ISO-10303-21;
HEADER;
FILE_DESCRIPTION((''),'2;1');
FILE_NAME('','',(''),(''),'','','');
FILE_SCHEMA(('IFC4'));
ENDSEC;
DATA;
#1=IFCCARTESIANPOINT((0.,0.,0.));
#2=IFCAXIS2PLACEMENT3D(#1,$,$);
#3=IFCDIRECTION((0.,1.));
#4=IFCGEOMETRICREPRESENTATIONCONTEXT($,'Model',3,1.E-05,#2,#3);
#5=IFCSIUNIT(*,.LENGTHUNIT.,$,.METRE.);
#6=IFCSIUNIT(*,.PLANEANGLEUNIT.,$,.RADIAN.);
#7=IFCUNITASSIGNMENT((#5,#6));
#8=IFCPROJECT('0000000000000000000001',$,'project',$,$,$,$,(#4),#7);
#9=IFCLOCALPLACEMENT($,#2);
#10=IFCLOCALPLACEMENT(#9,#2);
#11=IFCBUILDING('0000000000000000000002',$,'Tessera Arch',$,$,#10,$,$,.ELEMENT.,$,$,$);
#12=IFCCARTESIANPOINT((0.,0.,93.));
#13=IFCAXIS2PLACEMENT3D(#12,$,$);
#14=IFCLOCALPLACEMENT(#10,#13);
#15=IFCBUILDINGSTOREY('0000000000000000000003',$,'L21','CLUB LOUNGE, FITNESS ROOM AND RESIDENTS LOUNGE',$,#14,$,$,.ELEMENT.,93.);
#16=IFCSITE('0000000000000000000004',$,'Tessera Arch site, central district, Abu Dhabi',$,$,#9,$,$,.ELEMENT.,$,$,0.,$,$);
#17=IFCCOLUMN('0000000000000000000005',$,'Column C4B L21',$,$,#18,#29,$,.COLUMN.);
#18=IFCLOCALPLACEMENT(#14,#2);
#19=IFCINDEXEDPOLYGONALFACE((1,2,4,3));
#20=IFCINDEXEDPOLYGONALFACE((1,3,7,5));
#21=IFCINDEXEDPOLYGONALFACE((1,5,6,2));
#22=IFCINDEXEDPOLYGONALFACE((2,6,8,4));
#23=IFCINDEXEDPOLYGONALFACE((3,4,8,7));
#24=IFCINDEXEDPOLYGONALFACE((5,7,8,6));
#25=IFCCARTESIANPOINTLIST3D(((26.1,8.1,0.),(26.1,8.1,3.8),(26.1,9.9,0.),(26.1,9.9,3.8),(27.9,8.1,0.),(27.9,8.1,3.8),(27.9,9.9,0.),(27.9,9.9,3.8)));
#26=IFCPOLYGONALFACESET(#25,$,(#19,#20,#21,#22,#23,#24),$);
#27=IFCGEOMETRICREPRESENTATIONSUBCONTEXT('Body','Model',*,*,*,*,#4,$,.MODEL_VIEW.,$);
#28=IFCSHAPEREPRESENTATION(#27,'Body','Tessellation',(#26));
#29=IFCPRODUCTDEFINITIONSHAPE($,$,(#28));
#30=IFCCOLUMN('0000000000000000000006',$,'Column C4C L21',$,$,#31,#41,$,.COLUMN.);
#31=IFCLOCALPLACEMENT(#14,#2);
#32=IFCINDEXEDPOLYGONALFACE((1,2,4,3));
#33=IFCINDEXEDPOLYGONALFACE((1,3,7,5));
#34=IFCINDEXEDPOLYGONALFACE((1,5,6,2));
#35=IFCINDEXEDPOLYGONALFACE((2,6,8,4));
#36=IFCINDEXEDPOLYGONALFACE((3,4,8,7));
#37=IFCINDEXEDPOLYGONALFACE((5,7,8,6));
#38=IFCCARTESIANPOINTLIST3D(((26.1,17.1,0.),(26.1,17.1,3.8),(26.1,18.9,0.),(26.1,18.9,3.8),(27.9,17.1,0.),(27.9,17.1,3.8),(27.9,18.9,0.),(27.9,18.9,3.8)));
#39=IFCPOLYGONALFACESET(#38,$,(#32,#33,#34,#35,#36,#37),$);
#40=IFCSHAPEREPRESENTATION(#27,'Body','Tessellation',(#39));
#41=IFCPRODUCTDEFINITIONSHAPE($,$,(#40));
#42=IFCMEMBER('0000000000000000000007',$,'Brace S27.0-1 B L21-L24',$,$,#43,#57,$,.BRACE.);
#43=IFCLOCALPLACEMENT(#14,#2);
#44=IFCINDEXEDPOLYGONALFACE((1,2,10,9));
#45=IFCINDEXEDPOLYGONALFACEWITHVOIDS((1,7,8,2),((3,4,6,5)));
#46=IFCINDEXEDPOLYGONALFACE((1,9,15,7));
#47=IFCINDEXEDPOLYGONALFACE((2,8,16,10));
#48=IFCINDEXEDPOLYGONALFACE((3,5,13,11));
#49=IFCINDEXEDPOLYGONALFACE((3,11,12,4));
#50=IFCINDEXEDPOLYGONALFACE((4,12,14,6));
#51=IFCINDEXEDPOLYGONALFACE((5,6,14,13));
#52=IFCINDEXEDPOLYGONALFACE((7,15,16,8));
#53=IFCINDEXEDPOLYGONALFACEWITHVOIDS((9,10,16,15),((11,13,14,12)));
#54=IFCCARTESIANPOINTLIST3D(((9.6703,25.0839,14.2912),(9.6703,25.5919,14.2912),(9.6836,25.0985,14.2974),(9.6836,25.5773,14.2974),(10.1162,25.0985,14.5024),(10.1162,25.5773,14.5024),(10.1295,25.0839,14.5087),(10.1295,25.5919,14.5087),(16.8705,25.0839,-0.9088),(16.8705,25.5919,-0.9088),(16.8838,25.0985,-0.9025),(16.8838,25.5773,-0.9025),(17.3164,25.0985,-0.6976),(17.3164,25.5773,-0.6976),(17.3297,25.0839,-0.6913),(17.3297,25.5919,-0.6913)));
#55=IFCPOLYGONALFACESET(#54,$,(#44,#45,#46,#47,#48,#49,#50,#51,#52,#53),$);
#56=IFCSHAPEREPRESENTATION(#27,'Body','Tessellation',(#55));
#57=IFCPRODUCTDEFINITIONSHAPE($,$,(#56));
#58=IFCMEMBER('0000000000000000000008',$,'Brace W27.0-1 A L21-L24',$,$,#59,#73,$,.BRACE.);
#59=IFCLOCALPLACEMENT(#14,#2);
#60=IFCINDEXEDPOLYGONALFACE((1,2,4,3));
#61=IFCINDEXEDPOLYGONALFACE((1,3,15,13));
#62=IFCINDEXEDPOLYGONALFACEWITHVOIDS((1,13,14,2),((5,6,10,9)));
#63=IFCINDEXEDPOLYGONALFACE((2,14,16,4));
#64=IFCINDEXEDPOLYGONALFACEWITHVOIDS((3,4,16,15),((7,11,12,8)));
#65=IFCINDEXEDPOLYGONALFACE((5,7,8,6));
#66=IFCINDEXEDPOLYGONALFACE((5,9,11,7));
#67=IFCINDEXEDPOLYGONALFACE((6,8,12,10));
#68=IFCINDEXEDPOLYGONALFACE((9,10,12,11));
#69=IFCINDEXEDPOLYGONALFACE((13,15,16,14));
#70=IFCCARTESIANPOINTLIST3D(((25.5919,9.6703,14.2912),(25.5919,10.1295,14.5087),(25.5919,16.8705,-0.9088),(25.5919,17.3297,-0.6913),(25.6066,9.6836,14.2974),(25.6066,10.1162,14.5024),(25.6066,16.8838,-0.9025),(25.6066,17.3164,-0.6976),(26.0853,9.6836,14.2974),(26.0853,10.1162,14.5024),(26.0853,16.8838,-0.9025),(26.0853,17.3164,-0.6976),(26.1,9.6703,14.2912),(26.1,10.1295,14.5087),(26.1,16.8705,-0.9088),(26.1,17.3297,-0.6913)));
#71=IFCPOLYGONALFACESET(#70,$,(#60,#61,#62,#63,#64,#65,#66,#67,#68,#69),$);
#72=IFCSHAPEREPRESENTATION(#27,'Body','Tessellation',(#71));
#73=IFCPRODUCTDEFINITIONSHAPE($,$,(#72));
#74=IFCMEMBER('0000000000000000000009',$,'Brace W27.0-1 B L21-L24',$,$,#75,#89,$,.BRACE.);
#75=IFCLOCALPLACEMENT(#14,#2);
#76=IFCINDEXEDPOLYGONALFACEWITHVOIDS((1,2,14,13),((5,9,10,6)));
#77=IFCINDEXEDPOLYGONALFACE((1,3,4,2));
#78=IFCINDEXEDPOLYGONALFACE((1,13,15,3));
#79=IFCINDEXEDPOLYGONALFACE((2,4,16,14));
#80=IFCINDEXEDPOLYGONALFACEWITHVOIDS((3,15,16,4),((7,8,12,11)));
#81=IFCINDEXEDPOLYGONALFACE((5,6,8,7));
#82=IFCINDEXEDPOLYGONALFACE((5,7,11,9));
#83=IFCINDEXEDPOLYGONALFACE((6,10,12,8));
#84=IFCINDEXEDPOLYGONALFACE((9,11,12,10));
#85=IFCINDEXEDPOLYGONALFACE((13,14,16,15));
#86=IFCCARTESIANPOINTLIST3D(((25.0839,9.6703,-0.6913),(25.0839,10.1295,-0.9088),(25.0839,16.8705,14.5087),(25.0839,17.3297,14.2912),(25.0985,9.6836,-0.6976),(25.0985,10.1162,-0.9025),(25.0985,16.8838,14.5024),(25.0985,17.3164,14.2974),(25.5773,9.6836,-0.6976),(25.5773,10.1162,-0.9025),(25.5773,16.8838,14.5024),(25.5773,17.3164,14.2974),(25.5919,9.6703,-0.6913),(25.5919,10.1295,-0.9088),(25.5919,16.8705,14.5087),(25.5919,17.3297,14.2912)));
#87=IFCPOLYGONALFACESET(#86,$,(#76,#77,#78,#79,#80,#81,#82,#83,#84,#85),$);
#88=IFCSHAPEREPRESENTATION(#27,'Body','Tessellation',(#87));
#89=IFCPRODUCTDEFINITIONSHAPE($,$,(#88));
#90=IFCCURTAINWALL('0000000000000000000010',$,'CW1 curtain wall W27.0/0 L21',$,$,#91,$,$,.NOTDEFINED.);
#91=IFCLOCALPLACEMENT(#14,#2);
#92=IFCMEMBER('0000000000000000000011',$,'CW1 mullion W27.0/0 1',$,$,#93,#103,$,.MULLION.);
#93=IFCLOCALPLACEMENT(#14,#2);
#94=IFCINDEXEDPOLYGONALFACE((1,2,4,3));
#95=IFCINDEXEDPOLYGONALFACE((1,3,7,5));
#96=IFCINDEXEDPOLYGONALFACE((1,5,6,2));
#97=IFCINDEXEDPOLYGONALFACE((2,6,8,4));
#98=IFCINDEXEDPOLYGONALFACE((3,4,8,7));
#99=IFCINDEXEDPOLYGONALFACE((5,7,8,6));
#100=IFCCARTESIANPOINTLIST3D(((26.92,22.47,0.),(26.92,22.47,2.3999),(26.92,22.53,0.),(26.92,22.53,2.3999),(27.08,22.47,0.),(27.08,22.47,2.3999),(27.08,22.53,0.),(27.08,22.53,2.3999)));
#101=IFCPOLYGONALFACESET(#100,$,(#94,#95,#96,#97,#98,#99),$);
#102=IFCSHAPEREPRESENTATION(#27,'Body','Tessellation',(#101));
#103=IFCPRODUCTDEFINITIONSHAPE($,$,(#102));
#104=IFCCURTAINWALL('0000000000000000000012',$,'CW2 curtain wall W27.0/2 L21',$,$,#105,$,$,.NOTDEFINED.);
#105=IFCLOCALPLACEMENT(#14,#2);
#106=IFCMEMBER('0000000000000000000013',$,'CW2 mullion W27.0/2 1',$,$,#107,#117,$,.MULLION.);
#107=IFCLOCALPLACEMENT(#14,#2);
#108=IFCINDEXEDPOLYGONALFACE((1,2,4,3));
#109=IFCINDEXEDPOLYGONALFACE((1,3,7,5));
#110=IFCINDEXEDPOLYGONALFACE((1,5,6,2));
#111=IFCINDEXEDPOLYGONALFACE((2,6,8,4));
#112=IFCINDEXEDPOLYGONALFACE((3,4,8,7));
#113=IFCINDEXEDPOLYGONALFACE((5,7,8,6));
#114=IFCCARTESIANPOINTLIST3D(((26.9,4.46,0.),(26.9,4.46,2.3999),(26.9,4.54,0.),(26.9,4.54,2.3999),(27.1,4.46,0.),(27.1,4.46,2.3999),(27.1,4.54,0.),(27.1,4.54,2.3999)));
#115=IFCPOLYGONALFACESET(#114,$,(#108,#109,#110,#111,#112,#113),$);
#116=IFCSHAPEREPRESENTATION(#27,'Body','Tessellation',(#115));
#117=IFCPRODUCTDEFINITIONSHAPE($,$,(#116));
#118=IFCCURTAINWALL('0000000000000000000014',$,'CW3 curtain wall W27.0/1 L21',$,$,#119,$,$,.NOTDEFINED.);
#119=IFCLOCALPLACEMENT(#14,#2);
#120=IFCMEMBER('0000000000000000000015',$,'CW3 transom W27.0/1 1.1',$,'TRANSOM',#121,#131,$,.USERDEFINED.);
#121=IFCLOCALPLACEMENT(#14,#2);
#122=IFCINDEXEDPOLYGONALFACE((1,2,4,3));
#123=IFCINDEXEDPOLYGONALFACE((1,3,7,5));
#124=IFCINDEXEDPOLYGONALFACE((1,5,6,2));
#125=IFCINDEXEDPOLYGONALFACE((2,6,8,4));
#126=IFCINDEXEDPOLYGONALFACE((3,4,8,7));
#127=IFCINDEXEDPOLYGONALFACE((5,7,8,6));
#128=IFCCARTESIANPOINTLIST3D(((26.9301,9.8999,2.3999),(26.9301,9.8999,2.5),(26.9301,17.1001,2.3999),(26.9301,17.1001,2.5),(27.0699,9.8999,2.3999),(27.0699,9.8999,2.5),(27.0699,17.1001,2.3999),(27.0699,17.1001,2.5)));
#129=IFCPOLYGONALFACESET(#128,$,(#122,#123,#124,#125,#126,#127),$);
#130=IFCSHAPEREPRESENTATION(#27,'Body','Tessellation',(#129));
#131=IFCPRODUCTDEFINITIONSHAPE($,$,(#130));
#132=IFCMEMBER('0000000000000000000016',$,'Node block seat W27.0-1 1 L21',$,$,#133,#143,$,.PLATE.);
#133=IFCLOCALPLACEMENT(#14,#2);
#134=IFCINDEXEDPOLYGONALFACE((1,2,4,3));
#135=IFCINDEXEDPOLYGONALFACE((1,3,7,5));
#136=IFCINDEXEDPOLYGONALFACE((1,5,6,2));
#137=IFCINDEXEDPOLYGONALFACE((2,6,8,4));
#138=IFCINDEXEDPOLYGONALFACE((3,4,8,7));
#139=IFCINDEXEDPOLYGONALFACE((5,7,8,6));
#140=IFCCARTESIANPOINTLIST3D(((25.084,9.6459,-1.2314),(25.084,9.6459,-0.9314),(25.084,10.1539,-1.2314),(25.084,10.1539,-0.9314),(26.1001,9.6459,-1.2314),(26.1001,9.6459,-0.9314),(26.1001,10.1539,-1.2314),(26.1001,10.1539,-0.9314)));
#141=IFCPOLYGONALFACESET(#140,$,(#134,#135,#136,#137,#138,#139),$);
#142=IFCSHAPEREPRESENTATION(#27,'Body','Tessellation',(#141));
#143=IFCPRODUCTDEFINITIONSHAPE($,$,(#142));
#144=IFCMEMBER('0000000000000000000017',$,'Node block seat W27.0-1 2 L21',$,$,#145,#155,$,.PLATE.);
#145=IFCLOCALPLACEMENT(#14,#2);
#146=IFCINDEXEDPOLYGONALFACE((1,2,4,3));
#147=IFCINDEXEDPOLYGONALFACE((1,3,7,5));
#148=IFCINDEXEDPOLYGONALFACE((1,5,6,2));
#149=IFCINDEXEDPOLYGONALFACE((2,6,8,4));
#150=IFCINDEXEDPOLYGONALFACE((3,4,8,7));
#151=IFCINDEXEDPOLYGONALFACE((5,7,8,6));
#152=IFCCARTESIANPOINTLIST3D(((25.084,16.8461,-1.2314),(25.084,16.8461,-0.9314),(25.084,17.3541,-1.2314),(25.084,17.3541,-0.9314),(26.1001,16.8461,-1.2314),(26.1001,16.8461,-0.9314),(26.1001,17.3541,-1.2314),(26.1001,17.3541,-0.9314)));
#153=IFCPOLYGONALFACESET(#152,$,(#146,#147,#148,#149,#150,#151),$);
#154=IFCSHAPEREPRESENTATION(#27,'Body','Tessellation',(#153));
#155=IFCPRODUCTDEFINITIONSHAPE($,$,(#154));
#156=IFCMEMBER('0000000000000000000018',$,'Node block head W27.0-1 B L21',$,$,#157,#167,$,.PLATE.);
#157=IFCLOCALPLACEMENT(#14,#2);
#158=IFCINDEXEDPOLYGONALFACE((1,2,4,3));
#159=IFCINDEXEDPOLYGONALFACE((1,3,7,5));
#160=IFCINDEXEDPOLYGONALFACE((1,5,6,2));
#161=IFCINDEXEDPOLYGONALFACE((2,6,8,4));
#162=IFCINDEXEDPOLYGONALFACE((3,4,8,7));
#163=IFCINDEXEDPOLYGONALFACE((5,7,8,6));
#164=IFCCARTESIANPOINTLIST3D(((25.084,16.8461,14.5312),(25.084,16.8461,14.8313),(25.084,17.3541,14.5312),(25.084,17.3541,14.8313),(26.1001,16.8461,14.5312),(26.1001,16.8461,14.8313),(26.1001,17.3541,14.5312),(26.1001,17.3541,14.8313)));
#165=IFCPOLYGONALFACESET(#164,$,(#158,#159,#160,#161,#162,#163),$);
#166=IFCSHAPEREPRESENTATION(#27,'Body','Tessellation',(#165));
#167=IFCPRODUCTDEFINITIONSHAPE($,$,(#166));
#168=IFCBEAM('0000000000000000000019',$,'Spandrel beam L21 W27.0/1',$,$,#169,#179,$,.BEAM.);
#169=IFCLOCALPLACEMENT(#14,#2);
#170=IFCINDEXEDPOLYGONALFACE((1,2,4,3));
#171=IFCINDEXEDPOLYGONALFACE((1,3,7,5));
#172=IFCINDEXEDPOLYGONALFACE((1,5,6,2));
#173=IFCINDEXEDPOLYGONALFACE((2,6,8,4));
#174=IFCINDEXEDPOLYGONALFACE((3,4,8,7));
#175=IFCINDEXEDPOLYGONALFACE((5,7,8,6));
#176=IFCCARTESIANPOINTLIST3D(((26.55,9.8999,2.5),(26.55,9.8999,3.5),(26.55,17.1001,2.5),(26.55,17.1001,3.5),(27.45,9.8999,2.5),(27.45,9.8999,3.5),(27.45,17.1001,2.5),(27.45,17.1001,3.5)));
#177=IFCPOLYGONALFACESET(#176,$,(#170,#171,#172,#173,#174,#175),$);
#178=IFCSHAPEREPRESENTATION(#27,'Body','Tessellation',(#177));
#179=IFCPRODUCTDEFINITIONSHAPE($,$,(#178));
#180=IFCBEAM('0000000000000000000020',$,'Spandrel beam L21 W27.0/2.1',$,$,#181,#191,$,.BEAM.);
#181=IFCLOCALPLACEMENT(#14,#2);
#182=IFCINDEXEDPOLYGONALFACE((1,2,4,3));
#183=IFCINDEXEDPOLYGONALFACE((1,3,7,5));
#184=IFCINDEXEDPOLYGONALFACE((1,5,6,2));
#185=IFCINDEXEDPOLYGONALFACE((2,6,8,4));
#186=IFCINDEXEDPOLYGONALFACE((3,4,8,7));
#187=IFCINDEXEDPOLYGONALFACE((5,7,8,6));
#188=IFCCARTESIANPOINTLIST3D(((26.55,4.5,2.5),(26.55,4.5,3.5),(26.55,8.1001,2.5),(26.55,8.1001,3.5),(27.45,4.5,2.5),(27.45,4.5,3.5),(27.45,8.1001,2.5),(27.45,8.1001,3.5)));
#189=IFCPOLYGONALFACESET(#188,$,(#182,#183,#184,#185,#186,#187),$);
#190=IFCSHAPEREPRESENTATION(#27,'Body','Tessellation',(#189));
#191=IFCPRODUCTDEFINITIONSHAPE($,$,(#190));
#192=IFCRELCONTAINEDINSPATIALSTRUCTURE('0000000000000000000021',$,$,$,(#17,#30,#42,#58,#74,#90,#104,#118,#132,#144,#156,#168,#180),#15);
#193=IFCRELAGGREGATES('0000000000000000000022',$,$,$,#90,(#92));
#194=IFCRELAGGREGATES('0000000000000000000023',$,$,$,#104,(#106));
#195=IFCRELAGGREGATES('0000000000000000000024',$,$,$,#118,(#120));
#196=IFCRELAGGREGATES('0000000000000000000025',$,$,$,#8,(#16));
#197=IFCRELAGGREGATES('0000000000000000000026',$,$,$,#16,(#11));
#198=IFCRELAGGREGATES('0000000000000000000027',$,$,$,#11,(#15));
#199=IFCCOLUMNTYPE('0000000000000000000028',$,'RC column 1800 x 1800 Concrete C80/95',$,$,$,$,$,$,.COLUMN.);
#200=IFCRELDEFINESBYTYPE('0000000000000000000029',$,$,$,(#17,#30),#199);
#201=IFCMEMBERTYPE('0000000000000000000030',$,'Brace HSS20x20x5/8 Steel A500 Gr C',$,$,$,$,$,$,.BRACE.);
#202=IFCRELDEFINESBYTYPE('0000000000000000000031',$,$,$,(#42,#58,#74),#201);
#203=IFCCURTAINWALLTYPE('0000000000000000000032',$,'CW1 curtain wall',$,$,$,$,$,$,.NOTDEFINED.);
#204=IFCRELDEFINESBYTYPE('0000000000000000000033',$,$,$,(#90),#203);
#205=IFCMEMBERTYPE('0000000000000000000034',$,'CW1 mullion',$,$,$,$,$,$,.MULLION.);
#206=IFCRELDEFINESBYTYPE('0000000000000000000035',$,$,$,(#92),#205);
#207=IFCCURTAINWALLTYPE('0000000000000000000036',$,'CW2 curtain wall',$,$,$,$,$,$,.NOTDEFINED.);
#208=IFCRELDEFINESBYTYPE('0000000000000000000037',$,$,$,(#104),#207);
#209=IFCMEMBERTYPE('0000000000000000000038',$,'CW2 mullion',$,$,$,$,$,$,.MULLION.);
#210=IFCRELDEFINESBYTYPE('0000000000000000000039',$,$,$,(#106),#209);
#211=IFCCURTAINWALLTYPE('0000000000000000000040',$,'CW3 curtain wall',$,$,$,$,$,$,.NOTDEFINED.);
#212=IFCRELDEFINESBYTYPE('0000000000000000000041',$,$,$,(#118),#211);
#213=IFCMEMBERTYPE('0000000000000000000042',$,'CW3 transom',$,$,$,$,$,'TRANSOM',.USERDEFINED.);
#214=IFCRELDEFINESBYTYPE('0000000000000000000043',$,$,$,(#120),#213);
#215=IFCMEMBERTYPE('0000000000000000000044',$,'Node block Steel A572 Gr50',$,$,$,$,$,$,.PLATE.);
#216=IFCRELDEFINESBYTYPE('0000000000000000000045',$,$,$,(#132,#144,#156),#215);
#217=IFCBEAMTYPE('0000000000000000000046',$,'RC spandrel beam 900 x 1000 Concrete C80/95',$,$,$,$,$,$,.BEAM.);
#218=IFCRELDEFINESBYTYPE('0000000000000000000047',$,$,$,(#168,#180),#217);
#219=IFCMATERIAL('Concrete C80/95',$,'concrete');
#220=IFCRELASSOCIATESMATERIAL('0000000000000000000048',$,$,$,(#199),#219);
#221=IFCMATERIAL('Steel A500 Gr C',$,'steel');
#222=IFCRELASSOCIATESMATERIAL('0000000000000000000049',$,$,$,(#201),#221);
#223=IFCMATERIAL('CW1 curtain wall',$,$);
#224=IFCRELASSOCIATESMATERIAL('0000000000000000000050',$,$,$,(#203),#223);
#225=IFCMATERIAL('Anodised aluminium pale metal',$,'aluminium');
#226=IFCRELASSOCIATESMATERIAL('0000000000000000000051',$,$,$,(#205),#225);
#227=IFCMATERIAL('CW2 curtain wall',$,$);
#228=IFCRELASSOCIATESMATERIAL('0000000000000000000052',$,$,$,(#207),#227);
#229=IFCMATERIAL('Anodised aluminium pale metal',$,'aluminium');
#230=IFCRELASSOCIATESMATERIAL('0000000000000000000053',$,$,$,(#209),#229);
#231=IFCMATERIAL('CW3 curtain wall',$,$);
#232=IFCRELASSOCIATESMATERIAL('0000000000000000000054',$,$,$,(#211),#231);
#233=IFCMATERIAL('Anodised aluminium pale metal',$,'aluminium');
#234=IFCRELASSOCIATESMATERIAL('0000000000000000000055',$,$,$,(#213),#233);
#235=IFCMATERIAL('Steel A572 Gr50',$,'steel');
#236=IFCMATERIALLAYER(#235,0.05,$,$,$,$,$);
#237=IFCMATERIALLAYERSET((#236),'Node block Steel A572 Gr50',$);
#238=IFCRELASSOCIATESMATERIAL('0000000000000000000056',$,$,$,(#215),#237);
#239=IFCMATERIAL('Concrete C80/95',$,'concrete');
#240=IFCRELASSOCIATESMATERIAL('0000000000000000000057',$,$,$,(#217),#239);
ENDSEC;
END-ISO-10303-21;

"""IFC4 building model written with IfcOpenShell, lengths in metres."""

from ifc_helpers import new_model, si_unit, direction, frame, origin, origin_2d, place, context, subcontext, project, spatial, rectangle, hollow_rectangle, extrude, material, layer, layer_set, material_profile, profile_set, type_object, element, aggregate, save


model = new_model("IFC4")

# Units and contexts
model_context = context("Model", 3, precision=1e-05, world=origin(), true_north=direction((0.0, 1.0)))
body_context = subcontext(model_context, "Body", "Model", "MODEL_VIEW")
ifc_project = project(units=[si_unit("LENGTHUNIT", "METRE"), si_unit("PLANEANGLEUNIT", "RADIAN")], contexts=[model_context])

# Site, building, storey
site_placement = place(None, origin())
site = spatial("IfcSite", under=ifc_project, at=site_placement, Name="Tessera Arch site, central district, Abu Dhabi", CompositionType="ELEMENT", RefElevation=0.0)
building_placement = place(site_placement, origin())
building = spatial("IfcBuilding", under=site, at=building_placement, Name="Tessera Arch", CompositionType="ELEMENT")
storey_placement = place(building_placement, frame((0.0, 0.0, 93.0)))
storey = spatial("IfcBuildingStorey", under=building, at=storey_placement, Name="L21", Description="CLUB LOUNGE, FITNESS ROOM AND RESIDENTS LOUNGE", CompositionType="ELEMENT", Elevation=93.0)

# Columns
ifc_material_1 = material(Name="Concrete C80/95", Category="concrete")
ifc_material_profile_1 = material_profile(ifc_material_1, rectangle(XDim=1.8, YDim=1.8, at=origin_2d()), Name="RC column 1800 x 1800 Concrete C80/95")
ifc_profile_set_1 = profile_set([ifc_material_profile_1], Name="Concrete C80/95")
column_type = type_object("IfcColumnType", Name="RC column 1800 x 1800 Concrete C80/95", PredefinedType="COLUMN", material=ifc_profile_set_1)
for number, where, z_axis, x_axis, name in (
    (1, (27.0, 9.0, 0.0), (0.0, 0.0, 1.0), (1.0, 0.0, 0.0), "Column C4B L21"),
    (2, (27.0, 18.0, 0.0), (0.0, 0.0, 1.0), (1.0, 0.0, 0.0), "Column C4C L21"),
):
    element("IfcColumn", number, at=place(storey_placement, frame(where, z_axis=z_axis, x_axis=x_axis)), inside=storey, type_object=column_type, Name=name, PredefinedType="COLUMN", context=body_context, shape_type="SweptSolid", body=[
        extrude(rectangle(XDim=1.8, YDim=1.8, at=origin_2d()), origin(), (0.0, 0.0, 1.0), 3.8),
    ])

# Members
ifc_material_2 = material(Name="Steel A500 Gr C", Category="steel")
ifc_material_profile_2 = material_profile(ifc_material_2, hollow_rectangle(XDim=0.5081, YDim=0.5081, WallThickness=0.0146, at=origin_2d()), Name="HSS20x20x5/8")
ifc_profile_set_2 = profile_set([ifc_material_profile_2], Name="Steel A500 Gr C")
member_type_1 = type_object("IfcMemberType", Name="Brace HSS20x20x5/8 Steel A500 Gr C", PredefinedType="BRACE", material=ifc_profile_set_2)
for number, where, z_axis, x_axis, name in (
    (3, (17.1001, 25.3379, -0.8), (-0.428097, 0.0, 0.903733), (0.0, -1.0, 0.0), "Brace S27.0-1 B L21-L24"),
    (4, (25.8459, 17.1001, -0.8), (0.0, -0.428097, 0.903733), (1.0, 0.0, 0.0), "Brace W27.0-1 A L21-L24"),
    (5, (25.3379, 9.8999, -0.8), (0.0, 0.428097, 0.903733), (-1.0, 0.0, 0.0), "Brace W27.0-1 B L21-L24"),
):
    element("IfcMember", number, at=place(storey_placement, frame(where, z_axis=z_axis, x_axis=x_axis)), inside=storey, type_object=member_type_1, Name=name, PredefinedType="BRACE", context=body_context, shape_type="SweptSolid", body=[
        extrude(hollow_rectangle(XDim=0.5081, YDim=0.5081, WallThickness=0.0146, at=origin_2d()), origin(), (0.0, 0.0, 1.0), 16.8191),
    ])

# Curtain walls, members
ifc_material_3 = material(Name="CW1 curtain wall")
curtain_wall_type_1 = type_object("IfcCurtainWallType", Name="CW1 curtain wall", PredefinedType="NOTDEFINED", material=ifc_material_3)
curtain_wall_1_placement = place(storey_placement, origin())
curtain_wall_1 = element("IfcCurtainWall", 6, at=curtain_wall_1_placement, inside=storey, type_object=curtain_wall_type_1, Name="CW1 curtain wall W27.0/0 L21", PredefinedType="NOTDEFINED")
ifc_material_4 = material(Name="Anodised aluminium pale metal", Category="aluminium")
ifc_material_profile_3 = material_profile(ifc_material_4, rectangle(XDim=0.1599, YDim=0.0601, at=origin_2d()), Name="AL 60x160")
ifc_profile_set_3 = profile_set([ifc_material_profile_3], Name="Anodised aluminium pale metal")
member_type_2 = type_object("IfcMemberType", Name="CW1 mullion", PredefinedType="MULLION", material=ifc_profile_set_3)
member_1_placement = place(storey_placement, frame((27.0, 22.5, 0.0), z_axis=(0.0, 0.0, 1.0), x_axis=(1.0, 0.0, 0.0)))
member_1 = element("IfcMember", 7, at=member_1_placement, type_object=member_type_2, Name="CW1 mullion W27.0/0 1", PredefinedType="MULLION", context=body_context, shape_type="SweptSolid", body=[
    extrude(rectangle(XDim=0.1599, YDim=0.0601, at=origin_2d()), origin(), (0.0, 0.0, 1.0), 2.3999),
])
ifc_material_5 = material(Name="CW2 curtain wall")
curtain_wall_type_2 = type_object("IfcCurtainWallType", Name="CW2 curtain wall", PredefinedType="NOTDEFINED", material=ifc_material_5)
curtain_wall_2_placement = place(storey_placement, origin())
curtain_wall_2 = element("IfcCurtainWall", 8, at=curtain_wall_2_placement, inside=storey, type_object=curtain_wall_type_2, Name="CW2 curtain wall W27.0/2 L21", PredefinedType="NOTDEFINED")
ifc_material_6 = material(Name="Anodised aluminium pale metal", Category="aluminium")
ifc_material_profile_4 = material_profile(ifc_material_6, rectangle(XDim=0.2, YDim=0.0801, at=origin_2d()), Name="AL 80x200")
ifc_profile_set_4 = profile_set([ifc_material_profile_4], Name="Anodised aluminium pale metal")
member_type_3 = type_object("IfcMemberType", Name="CW2 mullion", PredefinedType="MULLION", material=ifc_profile_set_4)
member_2_placement = place(storey_placement, frame((27.0, 4.5, 0.0), z_axis=(0.0, 0.0, 1.0), x_axis=(1.0, 0.0, 0.0)))
member_2 = element("IfcMember", 9, at=member_2_placement, type_object=member_type_3, Name="CW2 mullion W27.0/2 1", PredefinedType="MULLION", context=body_context, shape_type="SweptSolid", body=[
    extrude(rectangle(XDim=0.2, YDim=0.0801, at=origin_2d()), origin(), (0.0, 0.0, 1.0), 2.3999),
])
ifc_material_7 = material(Name="CW3 curtain wall")
curtain_wall_type_3 = type_object("IfcCurtainWallType", Name="CW3 curtain wall", PredefinedType="NOTDEFINED", material=ifc_material_7)
curtain_wall_3_placement = place(storey_placement, origin())
curtain_wall_3 = element("IfcCurtainWall", 10, at=curtain_wall_3_placement, inside=storey, type_object=curtain_wall_type_3, Name="CW3 curtain wall W27.0/1 L21", PredefinedType="NOTDEFINED")
ifc_material_8 = material(Name="Anodised aluminium pale metal", Category="aluminium")
ifc_material_profile_5 = material_profile(ifc_material_8, rectangle(XDim=0.1399, YDim=0.1001, at=origin_2d()), Name="AL 140x100")
ifc_profile_set_5 = profile_set([ifc_material_profile_5], Name="Anodised aluminium pale metal")
member_type_4 = type_object("IfcMemberType", Name="CW3 transom", ElementType="TRANSOM", PredefinedType="USERDEFINED", material=ifc_profile_set_5)
member_3_placement = place(storey_placement, frame((27.0, 17.1001, 2.45), z_axis=(0.0, -1.0, 0.0), x_axis=(1.0, 0.0, 0.0)))
member_3 = element("IfcMember", 11, at=member_3_placement, type_object=member_type_4, Name="CW3 transom W27.0/1 1.1", ObjectType="TRANSOM", PredefinedType="USERDEFINED", context=body_context, shape_type="SweptSolid", body=[
    extrude(rectangle(XDim=0.1399, YDim=0.1001, at=origin_2d()), origin(), (0.0, 0.0, 1.0), 7.2002),
])

# Members
ifc_material_9 = material(Name="Steel A572 Gr50", Category="steel")
ifc_layer_1 = layer(ifc_material_9, 0.05)
ifc_layer_set_1 = layer_set([ifc_layer_1], Name="Node block Steel A572 Gr50")
member_type_5 = type_object("IfcMemberType", Name="Node block Steel A572 Gr50", PredefinedType="PLATE", material=ifc_layer_set_1)
for number, where, z_axis, x_axis, name in (
    (12, (25.592, 9.8999, -1.2314), (0.0, 0.0, 1.0), (0.0, -1.0, 0.0), "Node block seat W27.0-1 1 L21"),
    (13, (25.592, 17.1001, -1.2314), (0.0, 0.0, 1.0), (0.0, -1.0, 0.0), "Node block seat W27.0-1 2 L21"),
    (14, (25.592, 17.1001, 14.5312), (0.0, 0.0, 1.0), (0.0, -1.0, 0.0), "Node block head W27.0-1 B L21"),
):
    element("IfcMember", number, at=place(storey_placement, frame(where, z_axis=z_axis, x_axis=x_axis)), inside=storey, type_object=member_type_5, Name=name, PredefinedType="PLATE", context=body_context, shape_type="SweptSolid", body=[
        extrude(rectangle(XDim=0.5081, YDim=1.0161, at=origin_2d()), origin(), (0.0, 0.0, 1.0), 0.3),
    ])

# Beams
ifc_material_10 = material(Name="Concrete C80/95", Category="concrete")
ifc_material_profile_6 = material_profile(ifc_material_10, rectangle(XDim=0.8999, YDim=1.0, at=origin_2d()), Name="RC spandrel beam 900 x 1000 Concrete C80/95")
ifc_profile_set_6 = profile_set([ifc_material_profile_6], Name="Concrete C80/95")
beam_type = type_object("IfcBeamType", Name="RC spandrel beam 900 x 1000 Concrete C80/95", PredefinedType="BEAM", material=ifc_profile_set_6)
beam_1_placement = place(storey_placement, frame((27.0, 17.1001, 3.0), z_axis=(0.0, -1.0, 0.0), x_axis=(1.0, 0.0, 0.0)))
element("IfcBeam", 15, at=beam_1_placement, inside=storey, type_object=beam_type, Name="Spandrel beam L21 W27.0/1", PredefinedType="BEAM", context=body_context, shape_type="SweptSolid", body=[
    extrude(rectangle(XDim=0.8999, YDim=1.0, at=origin_2d()), origin(), (0.0, 0.0, 1.0), 7.2002),
])
beam_2_placement = place(storey_placement, frame((27.0, 8.1001, 3.0), z_axis=(0.0, -1.0, 0.0), x_axis=(1.0, 0.0, 0.0)))
element("IfcBeam", 16, at=beam_2_placement, inside=storey, type_object=beam_type, Name="Spandrel beam L21 W27.0/2.1", PredefinedType="BEAM", context=body_context, shape_type="SweptSolid", body=[
    extrude(rectangle(XDim=0.8999, YDim=1.0, at=origin_2d()), origin(), (0.0, 0.0, 1.0), 3.6001),
])

aggregate(curtain_wall_1, [member_1])
aggregate(curtain_wall_2, [member_2])
aggregate(curtain_wall_3, [member_3])

save(model, "model.ifc")
